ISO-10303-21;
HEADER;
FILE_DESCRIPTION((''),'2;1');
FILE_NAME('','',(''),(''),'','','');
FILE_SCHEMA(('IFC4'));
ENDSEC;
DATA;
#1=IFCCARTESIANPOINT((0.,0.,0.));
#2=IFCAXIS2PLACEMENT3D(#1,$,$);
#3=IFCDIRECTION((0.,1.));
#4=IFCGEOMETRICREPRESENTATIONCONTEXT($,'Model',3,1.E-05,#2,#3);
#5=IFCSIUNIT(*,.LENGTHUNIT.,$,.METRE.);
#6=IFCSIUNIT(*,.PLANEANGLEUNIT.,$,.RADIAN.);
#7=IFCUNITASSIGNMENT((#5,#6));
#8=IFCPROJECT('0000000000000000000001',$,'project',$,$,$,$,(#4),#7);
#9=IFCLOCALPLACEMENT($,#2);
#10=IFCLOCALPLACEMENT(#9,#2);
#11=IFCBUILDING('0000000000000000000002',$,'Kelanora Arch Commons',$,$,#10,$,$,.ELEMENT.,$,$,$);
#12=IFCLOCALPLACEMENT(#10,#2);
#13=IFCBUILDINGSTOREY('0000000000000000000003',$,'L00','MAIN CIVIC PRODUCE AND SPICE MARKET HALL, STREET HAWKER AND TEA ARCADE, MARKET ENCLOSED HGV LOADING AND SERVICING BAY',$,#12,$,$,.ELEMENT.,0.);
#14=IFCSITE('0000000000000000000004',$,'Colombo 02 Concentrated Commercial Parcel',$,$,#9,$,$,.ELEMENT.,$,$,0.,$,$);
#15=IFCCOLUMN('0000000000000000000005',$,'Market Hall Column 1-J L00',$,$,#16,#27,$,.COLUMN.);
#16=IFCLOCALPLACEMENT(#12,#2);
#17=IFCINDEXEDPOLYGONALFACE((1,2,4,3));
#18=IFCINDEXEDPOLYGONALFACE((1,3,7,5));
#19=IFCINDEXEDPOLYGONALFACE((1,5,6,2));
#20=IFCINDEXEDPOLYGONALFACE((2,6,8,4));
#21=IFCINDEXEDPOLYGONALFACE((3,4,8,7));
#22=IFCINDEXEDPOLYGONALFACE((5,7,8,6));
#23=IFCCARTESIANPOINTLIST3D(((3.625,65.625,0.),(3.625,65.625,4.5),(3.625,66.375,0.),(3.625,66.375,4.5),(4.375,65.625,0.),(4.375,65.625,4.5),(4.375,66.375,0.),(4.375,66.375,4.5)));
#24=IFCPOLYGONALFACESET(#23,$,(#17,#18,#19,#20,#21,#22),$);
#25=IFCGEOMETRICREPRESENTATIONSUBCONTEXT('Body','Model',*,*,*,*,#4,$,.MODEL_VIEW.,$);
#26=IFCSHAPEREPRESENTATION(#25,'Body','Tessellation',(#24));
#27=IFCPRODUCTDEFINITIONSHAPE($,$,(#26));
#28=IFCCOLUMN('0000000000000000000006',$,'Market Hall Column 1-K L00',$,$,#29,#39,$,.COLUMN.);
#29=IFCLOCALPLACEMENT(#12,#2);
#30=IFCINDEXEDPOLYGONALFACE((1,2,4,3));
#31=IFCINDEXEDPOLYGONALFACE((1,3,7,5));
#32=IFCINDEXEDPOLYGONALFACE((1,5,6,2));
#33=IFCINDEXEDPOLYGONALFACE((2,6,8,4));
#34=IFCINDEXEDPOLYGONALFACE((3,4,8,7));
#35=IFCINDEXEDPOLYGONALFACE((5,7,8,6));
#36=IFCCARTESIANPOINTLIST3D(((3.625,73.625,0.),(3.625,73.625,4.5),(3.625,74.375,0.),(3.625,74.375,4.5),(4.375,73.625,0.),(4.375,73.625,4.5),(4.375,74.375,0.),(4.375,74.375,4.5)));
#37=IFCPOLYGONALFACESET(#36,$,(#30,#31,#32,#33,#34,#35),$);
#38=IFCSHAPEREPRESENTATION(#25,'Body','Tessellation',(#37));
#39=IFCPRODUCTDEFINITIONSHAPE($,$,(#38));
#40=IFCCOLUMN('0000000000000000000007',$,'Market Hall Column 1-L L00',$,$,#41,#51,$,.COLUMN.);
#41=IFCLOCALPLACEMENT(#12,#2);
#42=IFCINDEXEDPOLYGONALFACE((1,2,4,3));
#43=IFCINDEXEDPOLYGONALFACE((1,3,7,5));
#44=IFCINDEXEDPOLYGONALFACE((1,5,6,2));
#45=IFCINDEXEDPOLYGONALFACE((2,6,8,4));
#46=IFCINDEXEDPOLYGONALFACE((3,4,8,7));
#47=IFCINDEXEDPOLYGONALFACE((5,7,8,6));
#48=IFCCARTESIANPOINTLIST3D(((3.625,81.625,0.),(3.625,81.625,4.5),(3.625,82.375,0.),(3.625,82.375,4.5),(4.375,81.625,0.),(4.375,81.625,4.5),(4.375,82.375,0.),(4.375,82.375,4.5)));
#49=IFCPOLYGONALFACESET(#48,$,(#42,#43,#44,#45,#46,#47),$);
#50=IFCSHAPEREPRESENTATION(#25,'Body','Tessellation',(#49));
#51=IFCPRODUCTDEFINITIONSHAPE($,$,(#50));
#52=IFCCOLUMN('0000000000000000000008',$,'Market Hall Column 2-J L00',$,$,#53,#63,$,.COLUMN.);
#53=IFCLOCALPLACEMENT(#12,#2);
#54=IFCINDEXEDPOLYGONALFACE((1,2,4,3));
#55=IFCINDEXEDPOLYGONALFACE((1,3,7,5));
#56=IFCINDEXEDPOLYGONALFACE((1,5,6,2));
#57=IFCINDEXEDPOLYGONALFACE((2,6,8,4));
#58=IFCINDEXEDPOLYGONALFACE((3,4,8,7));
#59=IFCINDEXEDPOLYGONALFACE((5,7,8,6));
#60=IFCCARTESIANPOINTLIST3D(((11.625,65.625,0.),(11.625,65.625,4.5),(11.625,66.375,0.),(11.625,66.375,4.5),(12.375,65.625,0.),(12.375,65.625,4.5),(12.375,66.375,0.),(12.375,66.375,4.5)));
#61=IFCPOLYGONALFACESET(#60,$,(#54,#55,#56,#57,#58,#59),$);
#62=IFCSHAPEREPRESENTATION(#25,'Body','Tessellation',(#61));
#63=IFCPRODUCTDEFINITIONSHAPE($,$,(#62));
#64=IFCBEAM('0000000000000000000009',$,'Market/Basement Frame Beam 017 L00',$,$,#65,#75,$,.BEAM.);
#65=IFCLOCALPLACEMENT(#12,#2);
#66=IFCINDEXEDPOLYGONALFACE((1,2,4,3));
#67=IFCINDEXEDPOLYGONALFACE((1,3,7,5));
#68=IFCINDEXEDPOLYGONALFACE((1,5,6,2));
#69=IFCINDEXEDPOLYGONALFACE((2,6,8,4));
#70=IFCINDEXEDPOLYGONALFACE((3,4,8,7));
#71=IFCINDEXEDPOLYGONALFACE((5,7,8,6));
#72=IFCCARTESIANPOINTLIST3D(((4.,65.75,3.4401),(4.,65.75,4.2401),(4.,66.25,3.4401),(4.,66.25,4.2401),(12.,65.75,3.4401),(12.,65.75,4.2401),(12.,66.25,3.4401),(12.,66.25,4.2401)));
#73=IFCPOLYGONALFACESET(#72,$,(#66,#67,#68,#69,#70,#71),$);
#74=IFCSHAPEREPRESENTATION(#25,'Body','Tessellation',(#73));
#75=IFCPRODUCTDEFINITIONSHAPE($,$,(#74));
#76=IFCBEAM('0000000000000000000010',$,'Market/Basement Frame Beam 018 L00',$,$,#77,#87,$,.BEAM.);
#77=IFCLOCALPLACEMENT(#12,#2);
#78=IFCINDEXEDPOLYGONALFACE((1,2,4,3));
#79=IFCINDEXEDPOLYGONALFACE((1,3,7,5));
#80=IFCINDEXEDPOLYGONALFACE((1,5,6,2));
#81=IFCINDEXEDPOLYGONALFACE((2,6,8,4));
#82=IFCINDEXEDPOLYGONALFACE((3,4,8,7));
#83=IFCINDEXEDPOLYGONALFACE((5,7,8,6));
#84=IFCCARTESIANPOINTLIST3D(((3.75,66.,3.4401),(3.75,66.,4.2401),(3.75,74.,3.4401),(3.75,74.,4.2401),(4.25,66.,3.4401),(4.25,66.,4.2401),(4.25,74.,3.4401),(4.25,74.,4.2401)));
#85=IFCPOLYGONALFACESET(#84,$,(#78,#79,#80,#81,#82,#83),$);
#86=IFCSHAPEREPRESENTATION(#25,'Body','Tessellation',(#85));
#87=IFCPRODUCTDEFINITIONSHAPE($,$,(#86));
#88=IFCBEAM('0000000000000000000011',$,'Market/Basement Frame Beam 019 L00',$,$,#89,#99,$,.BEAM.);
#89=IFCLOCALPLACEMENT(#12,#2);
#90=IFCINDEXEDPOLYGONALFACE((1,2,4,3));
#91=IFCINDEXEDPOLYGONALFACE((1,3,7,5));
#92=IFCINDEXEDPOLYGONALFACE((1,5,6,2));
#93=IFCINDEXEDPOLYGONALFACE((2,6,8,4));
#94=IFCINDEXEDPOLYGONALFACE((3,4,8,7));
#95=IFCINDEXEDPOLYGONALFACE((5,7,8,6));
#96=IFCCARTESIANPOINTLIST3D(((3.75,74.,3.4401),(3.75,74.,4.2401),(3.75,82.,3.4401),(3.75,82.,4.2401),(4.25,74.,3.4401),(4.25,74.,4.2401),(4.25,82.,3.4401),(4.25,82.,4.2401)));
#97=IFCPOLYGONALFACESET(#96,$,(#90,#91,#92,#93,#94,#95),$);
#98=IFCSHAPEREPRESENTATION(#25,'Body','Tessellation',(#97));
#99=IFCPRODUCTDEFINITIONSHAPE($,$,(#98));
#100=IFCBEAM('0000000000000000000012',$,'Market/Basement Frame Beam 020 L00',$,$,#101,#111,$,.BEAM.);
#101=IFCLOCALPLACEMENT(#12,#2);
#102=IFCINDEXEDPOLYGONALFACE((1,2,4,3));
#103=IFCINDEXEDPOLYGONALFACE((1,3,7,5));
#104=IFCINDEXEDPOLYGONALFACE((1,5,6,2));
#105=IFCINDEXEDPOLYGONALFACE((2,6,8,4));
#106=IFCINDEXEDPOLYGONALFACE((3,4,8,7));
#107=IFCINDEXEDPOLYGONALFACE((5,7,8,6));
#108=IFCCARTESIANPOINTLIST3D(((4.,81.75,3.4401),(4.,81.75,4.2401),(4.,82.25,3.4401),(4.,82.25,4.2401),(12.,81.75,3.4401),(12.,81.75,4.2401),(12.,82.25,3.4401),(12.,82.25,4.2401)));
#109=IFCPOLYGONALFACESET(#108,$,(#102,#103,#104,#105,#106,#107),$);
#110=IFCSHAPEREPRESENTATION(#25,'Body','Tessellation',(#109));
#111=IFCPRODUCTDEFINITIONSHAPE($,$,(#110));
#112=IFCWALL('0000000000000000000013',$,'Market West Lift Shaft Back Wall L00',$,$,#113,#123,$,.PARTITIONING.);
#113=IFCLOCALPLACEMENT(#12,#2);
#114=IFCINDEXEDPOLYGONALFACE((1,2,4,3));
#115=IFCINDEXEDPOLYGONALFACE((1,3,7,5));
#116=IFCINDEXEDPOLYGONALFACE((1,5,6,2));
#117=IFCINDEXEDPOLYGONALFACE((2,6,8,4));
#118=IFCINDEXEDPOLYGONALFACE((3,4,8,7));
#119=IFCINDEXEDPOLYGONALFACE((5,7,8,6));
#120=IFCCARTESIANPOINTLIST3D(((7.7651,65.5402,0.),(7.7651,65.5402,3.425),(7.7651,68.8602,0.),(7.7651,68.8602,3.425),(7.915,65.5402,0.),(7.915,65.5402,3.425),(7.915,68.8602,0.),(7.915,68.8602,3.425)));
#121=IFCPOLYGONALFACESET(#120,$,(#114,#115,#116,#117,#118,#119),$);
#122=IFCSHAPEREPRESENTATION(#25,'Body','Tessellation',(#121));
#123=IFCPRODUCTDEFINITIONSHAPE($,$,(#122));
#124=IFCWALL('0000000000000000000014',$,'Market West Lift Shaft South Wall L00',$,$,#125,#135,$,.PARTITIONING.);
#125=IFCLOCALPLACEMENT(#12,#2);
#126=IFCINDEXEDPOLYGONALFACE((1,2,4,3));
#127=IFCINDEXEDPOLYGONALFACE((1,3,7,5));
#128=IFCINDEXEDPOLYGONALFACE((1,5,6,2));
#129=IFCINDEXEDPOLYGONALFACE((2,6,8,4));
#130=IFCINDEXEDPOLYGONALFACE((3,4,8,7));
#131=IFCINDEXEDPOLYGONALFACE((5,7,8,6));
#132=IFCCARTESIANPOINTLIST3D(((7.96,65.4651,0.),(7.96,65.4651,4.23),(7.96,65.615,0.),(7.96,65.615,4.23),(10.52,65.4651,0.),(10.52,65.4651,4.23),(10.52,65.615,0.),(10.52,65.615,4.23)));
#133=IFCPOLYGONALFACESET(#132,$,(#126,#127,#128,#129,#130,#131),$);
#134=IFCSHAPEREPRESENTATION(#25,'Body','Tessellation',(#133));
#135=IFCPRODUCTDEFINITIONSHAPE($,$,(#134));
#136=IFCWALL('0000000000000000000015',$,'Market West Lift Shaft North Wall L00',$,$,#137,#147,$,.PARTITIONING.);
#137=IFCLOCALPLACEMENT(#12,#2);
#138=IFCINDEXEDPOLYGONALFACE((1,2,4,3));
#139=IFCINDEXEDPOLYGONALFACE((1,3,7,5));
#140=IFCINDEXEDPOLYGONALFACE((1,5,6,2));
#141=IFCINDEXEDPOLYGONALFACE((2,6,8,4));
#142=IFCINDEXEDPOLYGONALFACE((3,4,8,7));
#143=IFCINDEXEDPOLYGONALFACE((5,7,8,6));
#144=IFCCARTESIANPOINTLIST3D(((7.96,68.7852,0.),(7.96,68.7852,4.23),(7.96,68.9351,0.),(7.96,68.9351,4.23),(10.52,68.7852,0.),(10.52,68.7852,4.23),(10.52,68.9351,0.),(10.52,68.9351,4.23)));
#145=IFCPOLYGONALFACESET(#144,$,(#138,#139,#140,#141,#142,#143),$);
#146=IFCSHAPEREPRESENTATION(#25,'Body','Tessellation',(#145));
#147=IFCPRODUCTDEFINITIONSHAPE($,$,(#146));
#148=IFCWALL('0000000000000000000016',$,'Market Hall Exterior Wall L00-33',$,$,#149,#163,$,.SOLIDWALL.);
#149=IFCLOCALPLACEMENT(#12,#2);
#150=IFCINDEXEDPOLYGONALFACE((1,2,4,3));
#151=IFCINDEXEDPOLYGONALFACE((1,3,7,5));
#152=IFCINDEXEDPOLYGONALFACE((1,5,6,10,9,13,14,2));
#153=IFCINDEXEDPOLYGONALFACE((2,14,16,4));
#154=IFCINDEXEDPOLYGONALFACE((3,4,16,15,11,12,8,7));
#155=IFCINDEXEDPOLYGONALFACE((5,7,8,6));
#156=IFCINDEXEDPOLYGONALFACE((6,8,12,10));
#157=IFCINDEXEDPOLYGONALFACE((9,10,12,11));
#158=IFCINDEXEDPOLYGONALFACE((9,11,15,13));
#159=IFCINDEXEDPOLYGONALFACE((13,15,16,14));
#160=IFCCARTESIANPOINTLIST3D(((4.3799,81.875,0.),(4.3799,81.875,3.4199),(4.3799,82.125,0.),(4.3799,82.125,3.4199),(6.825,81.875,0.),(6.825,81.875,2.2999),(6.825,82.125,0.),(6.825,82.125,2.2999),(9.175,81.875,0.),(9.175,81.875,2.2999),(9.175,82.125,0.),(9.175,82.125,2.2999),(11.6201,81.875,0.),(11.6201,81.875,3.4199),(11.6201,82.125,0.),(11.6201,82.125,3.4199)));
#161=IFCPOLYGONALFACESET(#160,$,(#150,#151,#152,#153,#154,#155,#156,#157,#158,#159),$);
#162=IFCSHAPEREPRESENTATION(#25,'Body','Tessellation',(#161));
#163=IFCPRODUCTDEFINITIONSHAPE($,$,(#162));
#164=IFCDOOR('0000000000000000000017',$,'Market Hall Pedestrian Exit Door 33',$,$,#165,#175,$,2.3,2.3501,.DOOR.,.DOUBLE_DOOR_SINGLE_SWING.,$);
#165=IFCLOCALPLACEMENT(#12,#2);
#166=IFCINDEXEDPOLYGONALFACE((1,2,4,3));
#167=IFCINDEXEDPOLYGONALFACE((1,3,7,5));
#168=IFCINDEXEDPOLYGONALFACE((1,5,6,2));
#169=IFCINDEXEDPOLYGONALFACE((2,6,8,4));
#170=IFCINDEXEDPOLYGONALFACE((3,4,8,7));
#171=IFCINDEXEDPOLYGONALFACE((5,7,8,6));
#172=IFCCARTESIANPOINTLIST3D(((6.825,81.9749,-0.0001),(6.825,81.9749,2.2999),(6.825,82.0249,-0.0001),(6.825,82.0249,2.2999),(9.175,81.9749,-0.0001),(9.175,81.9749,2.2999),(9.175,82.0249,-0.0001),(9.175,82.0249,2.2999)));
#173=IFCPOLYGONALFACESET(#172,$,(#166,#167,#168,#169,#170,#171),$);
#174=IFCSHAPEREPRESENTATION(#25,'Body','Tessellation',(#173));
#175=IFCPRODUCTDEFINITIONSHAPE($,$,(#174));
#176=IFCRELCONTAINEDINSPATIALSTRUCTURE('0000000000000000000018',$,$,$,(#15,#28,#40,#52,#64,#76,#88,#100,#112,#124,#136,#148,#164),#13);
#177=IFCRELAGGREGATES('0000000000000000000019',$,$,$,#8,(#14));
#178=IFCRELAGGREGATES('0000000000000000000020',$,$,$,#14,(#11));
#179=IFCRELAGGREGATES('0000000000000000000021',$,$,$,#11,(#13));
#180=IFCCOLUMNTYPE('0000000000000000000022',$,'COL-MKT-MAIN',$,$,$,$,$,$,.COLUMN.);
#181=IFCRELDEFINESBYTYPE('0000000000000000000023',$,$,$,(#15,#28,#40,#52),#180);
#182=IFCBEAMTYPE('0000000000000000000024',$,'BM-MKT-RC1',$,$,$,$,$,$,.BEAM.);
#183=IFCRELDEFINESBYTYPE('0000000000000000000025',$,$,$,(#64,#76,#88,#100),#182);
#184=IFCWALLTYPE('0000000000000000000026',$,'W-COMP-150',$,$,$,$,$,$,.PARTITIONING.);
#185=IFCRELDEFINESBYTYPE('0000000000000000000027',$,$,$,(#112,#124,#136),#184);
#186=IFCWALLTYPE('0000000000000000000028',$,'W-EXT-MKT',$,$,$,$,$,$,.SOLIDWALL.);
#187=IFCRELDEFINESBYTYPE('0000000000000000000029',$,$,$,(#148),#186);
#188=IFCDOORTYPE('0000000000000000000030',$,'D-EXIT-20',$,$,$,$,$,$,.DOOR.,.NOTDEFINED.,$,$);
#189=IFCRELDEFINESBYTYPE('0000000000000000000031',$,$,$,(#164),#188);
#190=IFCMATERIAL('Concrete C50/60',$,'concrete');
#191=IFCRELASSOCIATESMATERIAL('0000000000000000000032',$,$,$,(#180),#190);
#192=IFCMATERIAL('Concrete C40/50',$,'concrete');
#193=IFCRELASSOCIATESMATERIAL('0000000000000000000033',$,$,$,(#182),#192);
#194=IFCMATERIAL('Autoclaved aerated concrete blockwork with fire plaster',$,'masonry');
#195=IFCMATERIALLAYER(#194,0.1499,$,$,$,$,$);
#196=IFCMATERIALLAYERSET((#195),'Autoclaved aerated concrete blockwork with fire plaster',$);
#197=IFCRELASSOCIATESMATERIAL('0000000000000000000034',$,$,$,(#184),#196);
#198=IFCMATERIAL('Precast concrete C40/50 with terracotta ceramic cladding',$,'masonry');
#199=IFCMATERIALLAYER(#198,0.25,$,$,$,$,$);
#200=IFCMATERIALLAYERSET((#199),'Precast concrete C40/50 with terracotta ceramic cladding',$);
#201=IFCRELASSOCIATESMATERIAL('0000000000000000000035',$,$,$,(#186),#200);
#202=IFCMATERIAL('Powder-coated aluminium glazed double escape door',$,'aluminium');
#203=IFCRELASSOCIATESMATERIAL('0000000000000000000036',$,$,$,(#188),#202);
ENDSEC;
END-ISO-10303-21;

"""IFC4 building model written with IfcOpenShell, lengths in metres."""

from ifc_helpers import new_model, si_unit, direction, frame, frame_2d, origin, origin_2d, place, context, subcontext, project, spatial, rectangle, extrude, material, layer, layer_set, material_profile, profile_set, type_object, element, fill, save


model = new_model("IFC4")

# Units and contexts
model_context = context("Model", 3, precision=1e-05, world=origin(), true_north=direction((0.0, 1.0)))
body_context = subcontext(model_context, "Body", "Model", "MODEL_VIEW")
ifc_project = project(units=[si_unit("LENGTHUNIT", "METRE"), si_unit("PLANEANGLEUNIT", "RADIAN")], contexts=[model_context])

# Site, building, storey
site_placement = place(None, origin())
site = spatial("IfcSite", under=ifc_project, at=site_placement, Name="Colombo 02 Concentrated Commercial Parcel", CompositionType="ELEMENT", RefElevation=0.0)
building_placement = place(site_placement, origin())
building = spatial("IfcBuilding", under=site, at=building_placement, Name="Kelanora Arch Commons", CompositionType="ELEMENT")
storey_placement = place(building_placement, origin())
storey = spatial("IfcBuildingStorey", under=building, at=storey_placement, Name="L00", Description="MAIN CIVIC PRODUCE AND SPICE MARKET HALL, STREET HAWKER AND TEA ARCADE, MARKET ENCLOSED HGV LOADING AND SERVICING BAY", CompositionType="ELEMENT", Elevation=0.0)

# Columns
ifc_material_1 = material(Name="Concrete C50/60", Category="concrete")
ifc_material_profile_1 = material_profile(ifc_material_1, rectangle(XDim=0.75, YDim=0.75, at=origin_2d()), Name="RC750x750")
ifc_profile_set_1 = profile_set([ifc_material_profile_1], Name="Concrete C50/60")
column_type = type_object("IfcColumnType", Name="COL-MKT-MAIN", PredefinedType="COLUMN", material=ifc_profile_set_1)
for number, where, z_axis, x_axis, name in (
    (1, (4.0, 66.0, 0.0), (0.0, 0.0, 1.0), (1.0, 0.0, 0.0), "Market Hall Column 1-J L00"),
    (2, (4.0, 74.0, 0.0), (0.0, 0.0, 1.0), (1.0, 0.0, 0.0), "Market Hall Column 1-K L00"),
    (3, (4.0, 82.0, 0.0), (0.0, 0.0, 1.0), (1.0, 0.0, 0.0), "Market Hall Column 1-L L00"),
    (4, (12.0, 66.0, 0.0), (0.0, 0.0, 1.0), (1.0, 0.0, 0.0), "Market Hall Column 2-J L00"),
):
    element("IfcColumn", number, at=place(storey_placement, frame(where, z_axis=z_axis, x_axis=x_axis)), inside=storey, type_object=column_type, Name=name, PredefinedType="COLUMN", context=body_context, shape_type="SweptSolid", body=[
        extrude(rectangle(XDim=0.75, YDim=0.75, at=origin_2d()), origin(), (0.0, 0.0, 1.0), 4.5),
    ])

# Beams
ifc_material_2 = material(Name="Concrete C40/50", Category="concrete")
ifc_material_profile_2 = material_profile(ifc_material_2, rectangle(XDim=0.5, YDim=0.8, at=origin_2d()), Name="RCB500x800")
ifc_profile_set_2 = profile_set([ifc_material_profile_2], Name="Concrete C40/50")
beam_type = type_object("IfcBeamType", Name="BM-MKT-RC1", PredefinedType="BEAM", material=ifc_profile_set_2)
for number, where, z_axis, x_axis, name in (
    (5, (4.0, 66.0, 3.8401), (1.0, 0.0, 0.0), (0.0, 1.0, 0.0), "Market/Basement Frame Beam 017 L00"),
    (6, (4.0, 66.0, 3.8401), (0.0, 1.0, 0.0), (-1.0, 0.0, 0.0), "Market/Basement Frame Beam 018 L00"),
    (7, (4.0, 74.0, 3.8401), (0.0, 1.0, 0.0), (-1.0, 0.0, 0.0), "Market/Basement Frame Beam 019 L00"),
    (8, (4.0, 82.0, 3.8401), (1.0, 0.0, 0.0), (0.0, 1.0, 0.0), "Market/Basement Frame Beam 020 L00"),
):
    element("IfcBeam", number, at=place(storey_placement, frame(where, z_axis=z_axis, x_axis=x_axis)), inside=storey, type_object=beam_type, Name=name, PredefinedType="BEAM", context=body_context, shape_type="SweptSolid", body=[
        extrude(rectangle(XDim=0.5, YDim=0.8, at=origin_2d()), origin(), (0.0, 0.0, 1.0), 8.0),
    ])

# Walls
ifc_material_3 = material(Name="Autoclaved aerated concrete blockwork with fire plaster", Category="masonry")
ifc_layer_1 = layer(ifc_material_3, 0.1499)
ifc_layer_set_1 = layer_set([ifc_layer_1], Name="Autoclaved aerated concrete blockwork with fire plaster")
wall_type_1 = type_object("IfcWallType", Name="W-COMP-150", PredefinedType="PARTITIONING", material=ifc_layer_set_1)
wall_1_placement = place(storey_placement, frame((7.8401, 65.54, 0.0), z_axis=(0.0, 0.0, 1.0), x_axis=(0.0, 1.0, 0.0)))
element("IfcWall", 9, at=wall_1_placement, inside=storey, type_object=wall_type_1, Name="Market West Lift Shaft Back Wall L00", PredefinedType="PARTITIONING", context=body_context, shape_type="SweptSolid", body=[
    extrude(rectangle(XDim=3.3201, YDim=0.1499, at=frame_2d((1.6602, 0.0))), origin(), (0.0, 0.0, 1.0), 3.425),
])
for number, where, z_axis, x_axis, name in (
    (10, (7.96, 65.54, 0.0), (0.0, 0.0, 1.0), (1.0, 0.0, 0.0), "Market West Lift Shaft South Wall L00"),
    (11, (7.96, 68.8601, 0.0), (0.0, 0.0, 1.0), (1.0, 0.0, 0.0), "Market West Lift Shaft North Wall L00"),
):
    element("IfcWall", number, at=place(storey_placement, frame(where, z_axis=z_axis, x_axis=x_axis)), inside=storey, type_object=wall_type_1, Name=name, PredefinedType="PARTITIONING", context=body_context, shape_type="SweptSolid", body=[
        extrude(rectangle(XDim=2.5601, YDim=0.1499, at=frame_2d((1.28, 0.0))), origin(), (0.0, 0.0, 1.0), 4.23),
    ])

# Wall, opening, door
ifc_material_4 = material(Name="Precast concrete C40/50 with terracotta ceramic cladding", Category="masonry")
ifc_layer_2 = layer(ifc_material_4, 0.25)
ifc_layer_set_2 = layer_set([ifc_layer_2], Name="Precast concrete C40/50 with terracotta ceramic cladding")
wall_type_2 = type_object("IfcWallType", Name="W-EXT-MKT", PredefinedType="SOLIDWALL", material=ifc_layer_set_2)
wall_2_placement = place(storey_placement, frame((11.6201, 82.0, 0.0), z_axis=(0.0, 0.0, 1.0), x_axis=(-1.0, 0.0, 0.0)))
wall_2 = element("IfcWall", 12, at=wall_2_placement, inside=storey, type_object=wall_type_2, Name="Market Hall Exterior Wall L00-33", PredefinedType="SOLIDWALL", context=body_context, shape_type="SweptSolid", body=[
    extrude(rectangle(XDim=7.2402, YDim=0.25, at=frame_2d((3.6201, 0.0))), origin(), (0.0, 0.0, 1.0), 3.4199),
])
opening_1_placement = place(wall_2_placement, frame((2.4451, 0.0, 0.0)))
opening_1 = element("IfcOpeningElement", 13, at=opening_1_placement, cuts=wall_2, PredefinedType="OPENING", context=body_context, shape_type="SweptSolid", body=[
    extrude(rectangle(XDim=2.3501, YDim=2.3, at=frame_2d((1.175, 1.1499))), frame((0.0, 0.135, 0.0), z_axis=(0.0, -1.0, 0.0), x_axis=(1.0, 0.0, 0.0)), (0.0, 0.0, 1.0), 0.27),
])
ifc_material_5 = material(Name="Powder-coated aluminium glazed double escape door", Category="aluminium")
door_type_1 = type_object("IfcDoorType", Name="D-EXIT-20", OperationType="NOTDEFINED", PredefinedType="DOOR", material=ifc_material_5)
door_1_placement = place(opening_1_placement, frame((2.3501, 0.0, 0.0), z_axis=(0.0, 0.0, 1.0), x_axis=(-1.0, 0.0, 0.0)))
door_1 = element("IfcDoor", 14, at=door_1_placement, inside=storey, type_object=door_type_1, Name="Market Hall Pedestrian Exit Door 33", OperationType="DOUBLE_DOOR_SINGLE_SWING", OverallHeight=2.3, OverallWidth=2.3501, PredefinedType="DOOR", context=body_context, shape_type="SweptSolid", body=[
    extrude(rectangle(XDim=2.3501, YDim=2.3, at=frame_2d((1.175, 1.1499))), frame((0.0, 0.0249, 0.0), z_axis=(0.0, -1.0, 0.0), x_axis=(1.0, 0.0, 0.0)), (0.0, 0.0, 1.0), 0.05),
])
fill(opening_1, door_1)

save(model, "model.ifc")
